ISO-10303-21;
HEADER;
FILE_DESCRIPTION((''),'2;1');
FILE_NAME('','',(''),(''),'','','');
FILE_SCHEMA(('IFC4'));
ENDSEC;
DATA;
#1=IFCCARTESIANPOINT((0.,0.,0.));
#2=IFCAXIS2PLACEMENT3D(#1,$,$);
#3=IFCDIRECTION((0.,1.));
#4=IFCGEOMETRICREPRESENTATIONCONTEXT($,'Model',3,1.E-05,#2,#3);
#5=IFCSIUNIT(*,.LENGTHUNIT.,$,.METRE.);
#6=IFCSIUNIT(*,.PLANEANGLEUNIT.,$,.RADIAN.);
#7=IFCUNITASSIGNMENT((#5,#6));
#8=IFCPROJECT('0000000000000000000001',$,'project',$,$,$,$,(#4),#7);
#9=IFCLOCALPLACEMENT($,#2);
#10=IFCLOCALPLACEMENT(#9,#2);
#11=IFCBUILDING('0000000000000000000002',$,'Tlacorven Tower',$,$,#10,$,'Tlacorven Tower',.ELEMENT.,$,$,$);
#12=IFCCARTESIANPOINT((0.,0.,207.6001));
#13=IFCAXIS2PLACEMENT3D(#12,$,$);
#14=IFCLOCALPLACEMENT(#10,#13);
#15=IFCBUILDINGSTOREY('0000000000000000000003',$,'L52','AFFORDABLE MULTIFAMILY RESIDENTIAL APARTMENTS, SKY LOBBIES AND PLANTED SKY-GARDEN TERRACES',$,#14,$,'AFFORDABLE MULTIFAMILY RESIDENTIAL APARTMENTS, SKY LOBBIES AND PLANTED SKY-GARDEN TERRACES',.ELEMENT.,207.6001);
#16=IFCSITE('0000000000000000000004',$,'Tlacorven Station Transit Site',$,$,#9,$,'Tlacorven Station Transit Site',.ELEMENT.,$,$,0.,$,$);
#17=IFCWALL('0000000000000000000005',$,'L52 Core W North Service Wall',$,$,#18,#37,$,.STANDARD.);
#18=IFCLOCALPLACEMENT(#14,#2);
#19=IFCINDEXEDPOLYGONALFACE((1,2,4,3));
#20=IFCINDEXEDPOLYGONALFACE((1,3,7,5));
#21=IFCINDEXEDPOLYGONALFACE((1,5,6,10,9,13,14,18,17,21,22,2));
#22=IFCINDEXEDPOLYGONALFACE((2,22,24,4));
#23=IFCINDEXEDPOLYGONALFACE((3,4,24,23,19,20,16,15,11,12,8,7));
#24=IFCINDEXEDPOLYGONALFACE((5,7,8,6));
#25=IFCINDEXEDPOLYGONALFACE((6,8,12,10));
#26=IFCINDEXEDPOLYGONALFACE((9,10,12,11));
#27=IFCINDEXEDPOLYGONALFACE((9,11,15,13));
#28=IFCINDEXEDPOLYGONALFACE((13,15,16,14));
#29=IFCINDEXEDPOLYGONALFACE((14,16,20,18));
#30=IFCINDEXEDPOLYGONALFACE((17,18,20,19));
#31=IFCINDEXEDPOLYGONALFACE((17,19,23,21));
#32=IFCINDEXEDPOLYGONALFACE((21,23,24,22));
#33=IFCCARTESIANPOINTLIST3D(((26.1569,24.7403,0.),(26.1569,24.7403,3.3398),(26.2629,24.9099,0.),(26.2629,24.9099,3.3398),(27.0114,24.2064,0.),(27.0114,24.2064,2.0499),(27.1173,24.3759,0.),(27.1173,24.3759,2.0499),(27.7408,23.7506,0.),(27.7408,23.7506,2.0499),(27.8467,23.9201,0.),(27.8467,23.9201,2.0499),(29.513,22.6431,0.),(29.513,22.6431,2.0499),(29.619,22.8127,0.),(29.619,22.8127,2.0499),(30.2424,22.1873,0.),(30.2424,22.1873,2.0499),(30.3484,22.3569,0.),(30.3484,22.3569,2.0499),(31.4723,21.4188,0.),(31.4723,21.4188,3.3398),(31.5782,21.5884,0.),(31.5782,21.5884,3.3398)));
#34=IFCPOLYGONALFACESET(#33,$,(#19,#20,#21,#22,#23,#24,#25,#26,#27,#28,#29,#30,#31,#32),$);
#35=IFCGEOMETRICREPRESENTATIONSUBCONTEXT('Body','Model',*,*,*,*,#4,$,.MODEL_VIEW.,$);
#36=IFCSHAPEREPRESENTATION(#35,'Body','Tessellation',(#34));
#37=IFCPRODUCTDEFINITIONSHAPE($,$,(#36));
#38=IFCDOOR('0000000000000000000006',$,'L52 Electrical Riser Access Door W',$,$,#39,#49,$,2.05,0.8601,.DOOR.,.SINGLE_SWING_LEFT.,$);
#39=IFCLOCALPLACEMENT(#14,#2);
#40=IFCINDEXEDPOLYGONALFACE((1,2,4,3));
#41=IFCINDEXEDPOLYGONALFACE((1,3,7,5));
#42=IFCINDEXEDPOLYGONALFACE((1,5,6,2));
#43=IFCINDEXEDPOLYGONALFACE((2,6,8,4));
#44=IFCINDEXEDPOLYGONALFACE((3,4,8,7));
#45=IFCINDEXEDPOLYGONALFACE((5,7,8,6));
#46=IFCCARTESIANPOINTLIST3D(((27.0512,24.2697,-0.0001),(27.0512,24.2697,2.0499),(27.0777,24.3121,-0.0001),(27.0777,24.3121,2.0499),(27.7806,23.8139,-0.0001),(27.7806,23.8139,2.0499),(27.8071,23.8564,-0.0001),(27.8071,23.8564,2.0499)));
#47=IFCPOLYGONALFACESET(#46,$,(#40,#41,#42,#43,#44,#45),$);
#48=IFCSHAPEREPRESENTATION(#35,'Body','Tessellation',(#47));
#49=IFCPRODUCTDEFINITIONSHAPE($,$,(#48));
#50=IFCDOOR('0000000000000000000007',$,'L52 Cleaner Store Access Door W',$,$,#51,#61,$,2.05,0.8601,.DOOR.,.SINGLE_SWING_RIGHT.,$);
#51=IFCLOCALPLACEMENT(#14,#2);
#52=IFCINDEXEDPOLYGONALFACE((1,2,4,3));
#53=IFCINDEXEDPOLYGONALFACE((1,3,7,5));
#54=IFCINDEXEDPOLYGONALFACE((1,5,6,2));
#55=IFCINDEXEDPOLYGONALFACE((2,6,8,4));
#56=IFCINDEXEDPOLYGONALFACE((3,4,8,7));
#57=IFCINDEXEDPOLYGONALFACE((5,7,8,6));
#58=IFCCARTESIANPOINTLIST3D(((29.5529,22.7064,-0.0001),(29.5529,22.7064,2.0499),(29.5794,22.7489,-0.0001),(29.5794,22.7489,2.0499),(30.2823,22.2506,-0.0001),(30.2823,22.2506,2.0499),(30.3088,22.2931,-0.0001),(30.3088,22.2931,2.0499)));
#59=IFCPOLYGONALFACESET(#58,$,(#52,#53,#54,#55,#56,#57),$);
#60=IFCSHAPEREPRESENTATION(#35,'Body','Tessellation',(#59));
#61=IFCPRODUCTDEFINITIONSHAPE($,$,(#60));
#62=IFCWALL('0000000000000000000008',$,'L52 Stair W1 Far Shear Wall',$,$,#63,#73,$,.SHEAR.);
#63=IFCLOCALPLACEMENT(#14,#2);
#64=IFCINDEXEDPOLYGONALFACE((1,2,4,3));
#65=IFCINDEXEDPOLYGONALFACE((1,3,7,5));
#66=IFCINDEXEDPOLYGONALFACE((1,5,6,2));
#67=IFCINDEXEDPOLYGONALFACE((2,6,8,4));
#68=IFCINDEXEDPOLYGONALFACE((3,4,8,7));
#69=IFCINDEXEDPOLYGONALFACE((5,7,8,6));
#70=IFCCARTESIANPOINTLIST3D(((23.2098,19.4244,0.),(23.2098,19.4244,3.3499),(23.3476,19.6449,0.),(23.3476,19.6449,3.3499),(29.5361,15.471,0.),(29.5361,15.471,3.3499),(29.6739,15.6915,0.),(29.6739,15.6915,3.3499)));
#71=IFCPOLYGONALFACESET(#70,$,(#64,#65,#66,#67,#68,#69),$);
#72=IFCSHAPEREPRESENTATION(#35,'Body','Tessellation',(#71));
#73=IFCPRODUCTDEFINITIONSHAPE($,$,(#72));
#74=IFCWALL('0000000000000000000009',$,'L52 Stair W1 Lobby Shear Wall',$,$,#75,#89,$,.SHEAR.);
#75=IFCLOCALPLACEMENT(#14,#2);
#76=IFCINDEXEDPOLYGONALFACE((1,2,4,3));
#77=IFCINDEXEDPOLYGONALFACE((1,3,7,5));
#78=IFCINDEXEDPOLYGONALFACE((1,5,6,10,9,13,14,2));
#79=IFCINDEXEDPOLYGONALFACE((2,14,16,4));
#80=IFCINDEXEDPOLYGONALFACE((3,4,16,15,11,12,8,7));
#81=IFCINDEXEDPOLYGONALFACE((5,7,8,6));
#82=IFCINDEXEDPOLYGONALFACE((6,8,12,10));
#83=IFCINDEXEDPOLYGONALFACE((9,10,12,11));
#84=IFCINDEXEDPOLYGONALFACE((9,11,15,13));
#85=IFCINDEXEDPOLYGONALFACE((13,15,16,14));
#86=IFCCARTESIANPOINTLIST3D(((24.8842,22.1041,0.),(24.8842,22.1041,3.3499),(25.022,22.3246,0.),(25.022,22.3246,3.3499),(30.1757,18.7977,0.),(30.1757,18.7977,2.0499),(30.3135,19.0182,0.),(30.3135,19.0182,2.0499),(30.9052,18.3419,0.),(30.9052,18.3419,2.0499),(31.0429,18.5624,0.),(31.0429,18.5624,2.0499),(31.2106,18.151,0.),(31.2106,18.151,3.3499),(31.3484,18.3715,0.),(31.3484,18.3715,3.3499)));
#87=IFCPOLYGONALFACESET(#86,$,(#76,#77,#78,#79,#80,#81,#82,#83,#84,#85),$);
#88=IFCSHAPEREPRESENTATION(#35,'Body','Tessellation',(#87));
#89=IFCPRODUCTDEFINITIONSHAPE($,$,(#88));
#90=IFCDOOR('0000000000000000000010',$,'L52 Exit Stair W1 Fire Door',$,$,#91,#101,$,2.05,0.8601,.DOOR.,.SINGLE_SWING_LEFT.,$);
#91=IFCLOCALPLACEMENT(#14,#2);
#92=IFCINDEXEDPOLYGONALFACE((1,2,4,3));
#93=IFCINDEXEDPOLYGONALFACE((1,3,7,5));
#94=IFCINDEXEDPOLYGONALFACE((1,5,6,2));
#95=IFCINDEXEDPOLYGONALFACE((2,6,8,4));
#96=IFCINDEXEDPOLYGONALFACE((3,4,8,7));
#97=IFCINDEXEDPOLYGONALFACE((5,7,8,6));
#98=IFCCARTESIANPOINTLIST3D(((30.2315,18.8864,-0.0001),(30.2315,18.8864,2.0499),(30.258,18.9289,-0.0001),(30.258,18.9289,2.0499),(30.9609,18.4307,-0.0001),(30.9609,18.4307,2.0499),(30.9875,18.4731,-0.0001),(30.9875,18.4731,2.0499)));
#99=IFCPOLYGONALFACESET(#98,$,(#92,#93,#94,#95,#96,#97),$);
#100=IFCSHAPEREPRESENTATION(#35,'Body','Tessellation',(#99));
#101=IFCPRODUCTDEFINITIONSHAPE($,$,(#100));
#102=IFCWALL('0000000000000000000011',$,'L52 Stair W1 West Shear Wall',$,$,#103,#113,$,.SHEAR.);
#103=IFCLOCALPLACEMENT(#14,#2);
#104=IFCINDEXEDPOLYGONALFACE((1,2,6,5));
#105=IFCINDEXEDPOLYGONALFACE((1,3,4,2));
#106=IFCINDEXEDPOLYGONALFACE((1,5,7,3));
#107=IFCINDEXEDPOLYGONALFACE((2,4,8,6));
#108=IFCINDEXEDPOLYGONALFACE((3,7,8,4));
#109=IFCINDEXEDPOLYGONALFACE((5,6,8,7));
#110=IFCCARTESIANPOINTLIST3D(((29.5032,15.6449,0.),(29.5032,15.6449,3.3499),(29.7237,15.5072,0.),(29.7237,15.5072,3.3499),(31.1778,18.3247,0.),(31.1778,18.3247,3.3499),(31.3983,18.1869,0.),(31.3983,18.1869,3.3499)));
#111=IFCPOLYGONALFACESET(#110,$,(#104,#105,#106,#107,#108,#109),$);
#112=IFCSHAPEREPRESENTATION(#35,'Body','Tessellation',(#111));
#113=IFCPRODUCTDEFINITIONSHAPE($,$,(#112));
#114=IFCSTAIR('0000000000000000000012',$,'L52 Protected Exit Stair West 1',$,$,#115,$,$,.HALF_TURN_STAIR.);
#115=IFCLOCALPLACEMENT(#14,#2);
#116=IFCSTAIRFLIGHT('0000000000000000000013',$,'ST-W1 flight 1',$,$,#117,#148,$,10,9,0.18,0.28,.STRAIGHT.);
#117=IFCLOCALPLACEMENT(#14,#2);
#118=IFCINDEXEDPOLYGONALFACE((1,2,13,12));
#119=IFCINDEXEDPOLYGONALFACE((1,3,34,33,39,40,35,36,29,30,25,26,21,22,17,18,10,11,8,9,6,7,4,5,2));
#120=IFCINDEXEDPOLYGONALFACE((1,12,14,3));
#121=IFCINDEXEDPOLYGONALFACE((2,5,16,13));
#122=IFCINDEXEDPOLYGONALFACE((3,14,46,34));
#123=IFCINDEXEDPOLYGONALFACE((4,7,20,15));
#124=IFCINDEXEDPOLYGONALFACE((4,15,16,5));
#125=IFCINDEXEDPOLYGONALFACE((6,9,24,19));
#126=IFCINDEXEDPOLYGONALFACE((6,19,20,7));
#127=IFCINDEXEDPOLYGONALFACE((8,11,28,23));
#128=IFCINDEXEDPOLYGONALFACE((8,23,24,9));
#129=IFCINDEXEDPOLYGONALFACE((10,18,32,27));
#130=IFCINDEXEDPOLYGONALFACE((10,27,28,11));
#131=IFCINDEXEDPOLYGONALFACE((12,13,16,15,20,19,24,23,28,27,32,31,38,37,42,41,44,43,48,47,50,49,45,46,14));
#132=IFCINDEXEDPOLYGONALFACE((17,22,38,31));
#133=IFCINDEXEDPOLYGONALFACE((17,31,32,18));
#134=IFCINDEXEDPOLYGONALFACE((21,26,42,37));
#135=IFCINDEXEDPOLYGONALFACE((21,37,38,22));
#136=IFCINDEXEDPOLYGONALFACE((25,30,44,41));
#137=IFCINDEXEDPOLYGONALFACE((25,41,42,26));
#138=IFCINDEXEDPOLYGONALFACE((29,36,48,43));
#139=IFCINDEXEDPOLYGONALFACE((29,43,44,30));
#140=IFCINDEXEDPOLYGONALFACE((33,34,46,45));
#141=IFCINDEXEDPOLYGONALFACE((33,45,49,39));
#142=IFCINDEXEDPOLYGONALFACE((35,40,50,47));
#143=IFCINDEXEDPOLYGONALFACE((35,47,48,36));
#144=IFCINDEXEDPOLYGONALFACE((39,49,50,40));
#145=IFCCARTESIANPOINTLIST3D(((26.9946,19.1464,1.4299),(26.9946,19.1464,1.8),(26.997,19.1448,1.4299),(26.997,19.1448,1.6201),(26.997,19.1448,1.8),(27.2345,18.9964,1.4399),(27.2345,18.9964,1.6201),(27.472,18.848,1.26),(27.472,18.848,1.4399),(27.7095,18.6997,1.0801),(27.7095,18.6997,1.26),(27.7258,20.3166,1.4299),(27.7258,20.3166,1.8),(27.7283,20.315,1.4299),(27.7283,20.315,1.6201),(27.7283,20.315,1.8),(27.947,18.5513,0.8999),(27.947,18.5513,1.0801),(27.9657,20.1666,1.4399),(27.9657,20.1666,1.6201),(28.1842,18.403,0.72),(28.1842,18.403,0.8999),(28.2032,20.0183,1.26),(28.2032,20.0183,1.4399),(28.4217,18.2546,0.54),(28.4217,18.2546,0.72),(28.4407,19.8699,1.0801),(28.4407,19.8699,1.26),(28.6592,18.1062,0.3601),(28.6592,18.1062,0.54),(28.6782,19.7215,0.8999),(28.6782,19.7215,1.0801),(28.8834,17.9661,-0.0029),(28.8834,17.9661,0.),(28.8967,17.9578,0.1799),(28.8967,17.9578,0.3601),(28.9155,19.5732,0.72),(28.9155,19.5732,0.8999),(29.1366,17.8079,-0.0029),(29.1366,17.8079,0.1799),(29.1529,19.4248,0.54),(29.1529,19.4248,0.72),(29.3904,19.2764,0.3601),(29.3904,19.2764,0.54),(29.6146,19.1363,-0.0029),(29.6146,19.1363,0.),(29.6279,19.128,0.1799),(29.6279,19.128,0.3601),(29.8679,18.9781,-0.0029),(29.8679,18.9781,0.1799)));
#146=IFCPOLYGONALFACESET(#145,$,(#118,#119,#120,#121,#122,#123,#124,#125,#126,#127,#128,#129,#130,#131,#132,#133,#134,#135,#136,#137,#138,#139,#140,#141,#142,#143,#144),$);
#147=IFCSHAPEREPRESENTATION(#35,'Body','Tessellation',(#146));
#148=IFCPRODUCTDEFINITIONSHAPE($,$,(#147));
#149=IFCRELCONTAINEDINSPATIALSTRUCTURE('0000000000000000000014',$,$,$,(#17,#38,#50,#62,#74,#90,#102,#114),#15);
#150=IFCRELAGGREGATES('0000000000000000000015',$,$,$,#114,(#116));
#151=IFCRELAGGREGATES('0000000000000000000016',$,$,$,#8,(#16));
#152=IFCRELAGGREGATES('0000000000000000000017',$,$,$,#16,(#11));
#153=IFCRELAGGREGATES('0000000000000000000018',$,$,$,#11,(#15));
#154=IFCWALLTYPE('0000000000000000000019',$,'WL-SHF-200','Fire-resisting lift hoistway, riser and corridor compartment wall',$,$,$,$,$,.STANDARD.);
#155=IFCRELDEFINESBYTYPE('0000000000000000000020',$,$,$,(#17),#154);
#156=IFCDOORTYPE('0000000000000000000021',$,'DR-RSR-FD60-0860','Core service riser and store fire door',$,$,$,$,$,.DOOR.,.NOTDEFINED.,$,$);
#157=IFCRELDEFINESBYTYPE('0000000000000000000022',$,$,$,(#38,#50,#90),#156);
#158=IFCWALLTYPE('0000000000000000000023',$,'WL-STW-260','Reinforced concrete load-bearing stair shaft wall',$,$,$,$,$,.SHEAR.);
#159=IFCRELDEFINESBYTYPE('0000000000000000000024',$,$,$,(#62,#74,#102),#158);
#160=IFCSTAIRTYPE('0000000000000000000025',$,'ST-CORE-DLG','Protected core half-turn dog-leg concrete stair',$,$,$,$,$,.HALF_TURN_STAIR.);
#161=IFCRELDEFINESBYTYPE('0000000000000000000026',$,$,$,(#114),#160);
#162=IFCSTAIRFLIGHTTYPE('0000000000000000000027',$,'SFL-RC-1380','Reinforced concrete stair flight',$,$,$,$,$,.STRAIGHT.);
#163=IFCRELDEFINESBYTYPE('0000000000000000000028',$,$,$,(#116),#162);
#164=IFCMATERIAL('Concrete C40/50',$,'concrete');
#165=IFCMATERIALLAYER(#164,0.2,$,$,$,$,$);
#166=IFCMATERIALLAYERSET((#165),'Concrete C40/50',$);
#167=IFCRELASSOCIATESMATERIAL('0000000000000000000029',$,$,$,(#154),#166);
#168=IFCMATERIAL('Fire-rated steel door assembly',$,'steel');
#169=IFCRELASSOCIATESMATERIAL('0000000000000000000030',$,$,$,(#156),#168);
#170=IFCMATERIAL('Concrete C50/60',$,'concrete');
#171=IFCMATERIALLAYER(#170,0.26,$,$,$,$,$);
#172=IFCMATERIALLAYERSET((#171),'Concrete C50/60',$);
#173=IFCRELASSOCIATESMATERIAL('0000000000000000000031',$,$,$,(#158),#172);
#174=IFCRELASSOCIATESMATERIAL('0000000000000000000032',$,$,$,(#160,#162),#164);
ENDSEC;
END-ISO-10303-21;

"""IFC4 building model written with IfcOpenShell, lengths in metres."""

from ifc_helpers import new_model, si_unit, direction, frame, frame_2d, origin, place, context, subcontext, project, spatial, polyline, rectangle, outline, extrude, source, transform, mapped, material, layer, layer_set, type_object, element, fill, aggregate, save


model = new_model("IFC4")

# Units and contexts
model_context = context("Model", 3, precision=1e-05, world=origin(), true_north=direction((0.0, 1.0)))
body_context = subcontext(model_context, "Body", "Model", "MODEL_VIEW")
ifc_project = project(units=[si_unit("LENGTHUNIT", "METRE"), si_unit("PLANEANGLEUNIT", "RADIAN")], contexts=[model_context])

# Site, building, storey
site_placement = place(None, origin())
site = spatial("IfcSite", under=ifc_project, at=site_placement, Name="Tlacorven Station Transit Site", LongName="Tlacorven Station Transit Site", CompositionType="ELEMENT", RefElevation=0.0)
building_placement = place(site_placement, origin())
building = spatial("IfcBuilding", under=site, at=building_placement, Name="Tlacorven Tower", LongName="Tlacorven Tower", CompositionType="ELEMENT")
storey_placement = place(building_placement, frame((0.0, 0.0, 207.6001)))
storey = spatial("IfcBuildingStorey", under=building, at=storey_placement, Name="L52", Description="AFFORDABLE MULTIFAMILY RESIDENTIAL APARTMENTS, SKY LOBBIES AND PLANTED SKY-GARDEN TERRACES", LongName="AFFORDABLE MULTIFAMILY RESIDENTIAL APARTMENTS, SKY LOBBIES AND PLANTED SKY-GARDEN TERRACES", CompositionType="ELEMENT", Elevation=207.6001)

# Shared definitions
ifc_material_1 = material(Name="Concrete C40/50", Category="concrete")
ifc_layer_1 = layer(ifc_material_1, 0.2)
ifc_layer_set_1 = layer_set([ifc_layer_1], Name="Concrete C40/50")
wall_type_1 = type_object("IfcWallType", Name="WL-SHF-200", Description="Fire-resisting lift hoistway, riser and corridor compartment wall", PredefinedType="STANDARD", material=ifc_layer_set_1)

# Wall, openings, doors
wall_1_placement = place(storey_placement, frame((31.5251, 21.5037, 0.0), z_axis=(0.0, 0.0, 1.0), x_axis=(-0.848042, 0.529929, 0.0)))
wall_1 = element("IfcWall", 1, at=wall_1_placement, inside=storey, type_object=wall_type_1, Name="L52 Core W North Service Wall", PredefinedType="STANDARD", context=body_context, shape_type="SweptSolid", body=[
    extrude(rectangle(XDim=6.2678, YDim=0.2, at=frame_2d((3.1338, 0.0))), origin(), (0.0, 0.0, 1.0), 3.3398),
])
opening_1_placement = place(wall_1_placement, frame((4.3999, 0.0, 0.0)))
opening_1 = element("IfcOpeningElement", 2, at=opening_1_placement, cuts=wall_1, PredefinedType="OPENING", context=body_context, shape_type="SweptSolid", body=[
    extrude(rectangle(XDim=0.8601, YDim=2.05, at=frame_2d((0.4302, 1.0249))), frame((0.0, 0.1099, 0.0), z_axis=(0.0, -1.0, 0.0), x_axis=(1.0, 0.0, 0.0)), (0.0, 0.0, 1.0), 0.22),
])
opening_2_placement = place(wall_1_placement, frame((1.45, 0.0, 0.0)))
opening_2 = element("IfcOpeningElement", 3, at=opening_2_placement, cuts=wall_1, PredefinedType="OPENING", context=body_context, shape_type="SweptSolid", body=[
    extrude(rectangle(XDim=0.8601, YDim=2.05, at=frame_2d((0.4302, 1.0249))), frame((0.0, 0.1099, 0.0), z_axis=(0.0, -1.0, 0.0), x_axis=(1.0, 0.0, 0.0)), (0.0, 0.0, 1.0), 0.22),
])
ifc_material_2 = material(Name="Fire-rated steel door assembly", Category="steel")
door_type_1 = type_object("IfcDoorType", Name="DR-RSR-FD60-0860", Description="Core service riser and store fire door", OperationType="NOTDEFINED", PredefinedType="DOOR", material=ifc_material_2)
shared_shape_1 = source(origin(), body_context, "Body", "SweptSolid", [
    extrude(rectangle(XDim=0.8601, YDim=2.05, at=frame_2d((0.4302, 1.0249))), frame((0.0, 0.0249, 0.0), z_axis=(0.0, -1.0, 0.0), x_axis=(1.0, 0.0, 0.0)), (0.0, 0.0, 1.0), 0.05),
])
door_1_placement = place(opening_1_placement, frame((0.8601, 0.0, 0.0), z_axis=(0.0, 0.0, 1.0), x_axis=(-1.0, 0.0, 0.0)))
door_1 = element("IfcDoor", 4, at=door_1_placement, inside=storey, type_object=door_type_1, Name="L52 Electrical Riser Access Door W", OperationType="SINGLE_SWING_LEFT", OverallHeight=2.05, OverallWidth=0.8601, PredefinedType="DOOR", context=body_context, shape_type="MappedRepresentation", body=[
    mapped(shared_shape_1, transform((0.0, 0.0, 0.0), scale=1.0)),
])
fill(opening_1, door_1)
door_2_placement = place(opening_2_placement, frame((0.8601, 0.0, 0.0), z_axis=(0.0, 0.0, 1.0), x_axis=(-1.0, 0.0, 0.0)))
door_2 = element("IfcDoor", 5, at=door_2_placement, inside=storey, type_object=door_type_1, Name="L52 Cleaner Store Access Door W", OperationType="SINGLE_SWING_RIGHT", OverallHeight=2.05, OverallWidth=0.8601, PredefinedType="DOOR", context=body_context, shape_type="MappedRepresentation", body=[
    mapped(shared_shape_1, transform((0.0, 0.0, 0.0), scale=1.0)),
])
fill(opening_2, door_2)

# Wall
ifc_material_3 = material(Name="Concrete C50/60", Category="concrete")
ifc_layer_2 = layer(ifc_material_3, 0.26)
ifc_layer_set_2 = layer_set([ifc_layer_2], Name="Concrete C50/60")
wall_type_2 = type_object("IfcWallType", Name="WL-STW-260", Description="Reinforced concrete load-bearing stair shaft wall", PredefinedType="SHEAR", material=ifc_layer_set_2)
wall_2_placement = place(storey_placement, frame((29.605, 15.5813, 0.0), z_axis=(0.0, 0.0, 1.0), x_axis=(-0.848037, 0.529937, 0.0)))
element("IfcWall", 6, at=wall_2_placement, inside=storey, type_object=wall_type_2, Name="L52 Stair W1 Far Shear Wall", PredefinedType="SHEAR", context=body_context, shape_type="SweptSolid", body=[
    extrude(rectangle(XDim=7.46, YDim=0.26, at=frame_2d((3.73, 0.0))), origin(), (0.0, 0.0, 1.0), 3.3499),
])

# Wall, opening, door
wall_3_placement = place(storey_placement, frame((31.2795, 18.2612, 0.0), z_axis=(0.0, 0.0, 1.0), x_axis=(-0.848052, 0.529914, 0.0)))
wall_3 = element("IfcWall", 7, at=wall_3_placement, inside=storey, type_object=wall_type_2, Name="L52 Stair W1 Lobby Shear Wall", PredefinedType="SHEAR", context=body_context, shape_type="SweptSolid", body=[
    extrude(rectangle(XDim=7.46, YDim=0.26, at=frame_2d((3.73, 0.0))), origin(), (0.0, 0.0, 1.0), 3.3499),
])
opening_3_placement = place(wall_3_placement, frame((0.3601, 0.0, 0.0)))
opening_3 = element("IfcOpeningElement", 8, at=opening_3_placement, cuts=wall_3, PredefinedType="OPENING", context=body_context, shape_type="SweptSolid", body=[
    extrude(rectangle(XDim=0.8601, YDim=2.05, at=frame_2d((0.4302, 1.0249))), frame((0.0, 0.1401, 0.0), z_axis=(0.0, -1.0, 0.0), x_axis=(1.0, 0.0, 0.0)), (0.0, 0.0, 1.0), 0.28),
])
door_3_placement = place(opening_3_placement, frame((0.8601, 0.0, 0.0), z_axis=(0.0, 0.0, 1.0), x_axis=(-1.0, 0.0, 0.0)))
door_3 = element("IfcDoor", 9, at=door_3_placement, inside=storey, type_object=door_type_1, Name="L52 Exit Stair W1 Fire Door", OperationType="SINGLE_SWING_LEFT", OverallHeight=2.05, OverallWidth=0.8601, PredefinedType="DOOR", context=body_context, shape_type="MappedRepresentation", body=[
    mapped(shared_shape_1, transform((0.0, 0.0, 0.0), scale=1.0)),
])
fill(opening_3, door_3)

# Wall
wall_4_placement = place(storey_placement, frame((31.2881, 18.2559, 0.0), z_axis=(0.0, 0.0, 1.0), x_axis=(-0.529943, -0.848033, 0.0)))
element("IfcWall", 10, at=wall_4_placement, inside=storey, type_object=wall_type_2, Name="L52 Stair W1 West Shear Wall", PredefinedType="SHEAR", context=body_context, shape_type="SweptSolid", body=[
    extrude(rectangle(XDim=3.1599, YDim=0.26, at=frame_2d((1.5801, 0.0))), origin(), (0.0, 0.0, 1.0), 3.3499),
])

# Stair, stair flight
stair_type = type_object("IfcStairType", Name="ST-CORE-DLG", Description="Protected core half-turn dog-leg concrete stair", PredefinedType="HALF_TURN_STAIR", material=ifc_material_1)
stair_placement = place(storey_placement, origin())
stair = element("IfcStair", 11, at=stair_placement, inside=storey, type_object=stair_type, Name="L52 Protected Exit Stair West 1", PredefinedType="HALF_TURN_STAIR")
stair_flight_type = type_object("IfcStairFlightType", Name="SFL-RC-1380", Description="Reinforced concrete stair flight", PredefinedType="STRAIGHT", material=ifc_material_1)
shared_shape_2 = source(origin(), body_context, "Body", "SweptSolid", [
    extrude(outline(polyline([(-0.0029, -0.0029), (-0.0029, 0.1799), (0.28, 0.1799), (0.28, 0.3601), (0.5601, 0.3601), (0.5601, 0.54), (0.8401, 0.54), (0.8401, 0.72), (1.1201, 0.72), (1.1201, 0.8999), (1.3999, 0.8999), (1.3999, 1.0801), (1.6799, 1.0801), (1.6799, 1.26), (1.96, 1.26), (1.96, 1.4399), (2.24, 1.4399), (2.24, 1.6201), (2.52, 1.6201), (2.52, 1.8), (2.5229, 1.8), (2.5229, 1.4299), (2.52, 1.4299), (0.2957, 0.0), (0.2957, -0.0029), (-0.0029, -0.0029)])), frame((0.0, 0.6899, 0.0), z_axis=(0.0, -1.0, 0.0), x_axis=(1.0, 0.0, 0.0)), (0.0, 0.0, 1.0), 1.3799),
])
stair_flight_1_placement = place(storey_placement, frame((29.4998, 18.3945, 0.0), z_axis=(0.0, 0.0, 1.0), x_axis=(-0.848048, 0.529919, 0.0)))
stair_flight_1 = element("IfcStairFlight", 12, at=stair_flight_1_placement, type_object=stair_flight_type, Name="ST-W1 flight 1", NumberOfRisers=10, NumberOfTreads=9, PredefinedType="STRAIGHT", RiserHeight=0.18, TreadLength=0.28, context=body_context, shape_type="MappedRepresentation", body=[
    mapped(shared_shape_2, transform((0.0, 0.0, 0.0), scale=1.0)),
])
aggregate(stair, [stair_flight_1])

save(model, "model.ifc")
